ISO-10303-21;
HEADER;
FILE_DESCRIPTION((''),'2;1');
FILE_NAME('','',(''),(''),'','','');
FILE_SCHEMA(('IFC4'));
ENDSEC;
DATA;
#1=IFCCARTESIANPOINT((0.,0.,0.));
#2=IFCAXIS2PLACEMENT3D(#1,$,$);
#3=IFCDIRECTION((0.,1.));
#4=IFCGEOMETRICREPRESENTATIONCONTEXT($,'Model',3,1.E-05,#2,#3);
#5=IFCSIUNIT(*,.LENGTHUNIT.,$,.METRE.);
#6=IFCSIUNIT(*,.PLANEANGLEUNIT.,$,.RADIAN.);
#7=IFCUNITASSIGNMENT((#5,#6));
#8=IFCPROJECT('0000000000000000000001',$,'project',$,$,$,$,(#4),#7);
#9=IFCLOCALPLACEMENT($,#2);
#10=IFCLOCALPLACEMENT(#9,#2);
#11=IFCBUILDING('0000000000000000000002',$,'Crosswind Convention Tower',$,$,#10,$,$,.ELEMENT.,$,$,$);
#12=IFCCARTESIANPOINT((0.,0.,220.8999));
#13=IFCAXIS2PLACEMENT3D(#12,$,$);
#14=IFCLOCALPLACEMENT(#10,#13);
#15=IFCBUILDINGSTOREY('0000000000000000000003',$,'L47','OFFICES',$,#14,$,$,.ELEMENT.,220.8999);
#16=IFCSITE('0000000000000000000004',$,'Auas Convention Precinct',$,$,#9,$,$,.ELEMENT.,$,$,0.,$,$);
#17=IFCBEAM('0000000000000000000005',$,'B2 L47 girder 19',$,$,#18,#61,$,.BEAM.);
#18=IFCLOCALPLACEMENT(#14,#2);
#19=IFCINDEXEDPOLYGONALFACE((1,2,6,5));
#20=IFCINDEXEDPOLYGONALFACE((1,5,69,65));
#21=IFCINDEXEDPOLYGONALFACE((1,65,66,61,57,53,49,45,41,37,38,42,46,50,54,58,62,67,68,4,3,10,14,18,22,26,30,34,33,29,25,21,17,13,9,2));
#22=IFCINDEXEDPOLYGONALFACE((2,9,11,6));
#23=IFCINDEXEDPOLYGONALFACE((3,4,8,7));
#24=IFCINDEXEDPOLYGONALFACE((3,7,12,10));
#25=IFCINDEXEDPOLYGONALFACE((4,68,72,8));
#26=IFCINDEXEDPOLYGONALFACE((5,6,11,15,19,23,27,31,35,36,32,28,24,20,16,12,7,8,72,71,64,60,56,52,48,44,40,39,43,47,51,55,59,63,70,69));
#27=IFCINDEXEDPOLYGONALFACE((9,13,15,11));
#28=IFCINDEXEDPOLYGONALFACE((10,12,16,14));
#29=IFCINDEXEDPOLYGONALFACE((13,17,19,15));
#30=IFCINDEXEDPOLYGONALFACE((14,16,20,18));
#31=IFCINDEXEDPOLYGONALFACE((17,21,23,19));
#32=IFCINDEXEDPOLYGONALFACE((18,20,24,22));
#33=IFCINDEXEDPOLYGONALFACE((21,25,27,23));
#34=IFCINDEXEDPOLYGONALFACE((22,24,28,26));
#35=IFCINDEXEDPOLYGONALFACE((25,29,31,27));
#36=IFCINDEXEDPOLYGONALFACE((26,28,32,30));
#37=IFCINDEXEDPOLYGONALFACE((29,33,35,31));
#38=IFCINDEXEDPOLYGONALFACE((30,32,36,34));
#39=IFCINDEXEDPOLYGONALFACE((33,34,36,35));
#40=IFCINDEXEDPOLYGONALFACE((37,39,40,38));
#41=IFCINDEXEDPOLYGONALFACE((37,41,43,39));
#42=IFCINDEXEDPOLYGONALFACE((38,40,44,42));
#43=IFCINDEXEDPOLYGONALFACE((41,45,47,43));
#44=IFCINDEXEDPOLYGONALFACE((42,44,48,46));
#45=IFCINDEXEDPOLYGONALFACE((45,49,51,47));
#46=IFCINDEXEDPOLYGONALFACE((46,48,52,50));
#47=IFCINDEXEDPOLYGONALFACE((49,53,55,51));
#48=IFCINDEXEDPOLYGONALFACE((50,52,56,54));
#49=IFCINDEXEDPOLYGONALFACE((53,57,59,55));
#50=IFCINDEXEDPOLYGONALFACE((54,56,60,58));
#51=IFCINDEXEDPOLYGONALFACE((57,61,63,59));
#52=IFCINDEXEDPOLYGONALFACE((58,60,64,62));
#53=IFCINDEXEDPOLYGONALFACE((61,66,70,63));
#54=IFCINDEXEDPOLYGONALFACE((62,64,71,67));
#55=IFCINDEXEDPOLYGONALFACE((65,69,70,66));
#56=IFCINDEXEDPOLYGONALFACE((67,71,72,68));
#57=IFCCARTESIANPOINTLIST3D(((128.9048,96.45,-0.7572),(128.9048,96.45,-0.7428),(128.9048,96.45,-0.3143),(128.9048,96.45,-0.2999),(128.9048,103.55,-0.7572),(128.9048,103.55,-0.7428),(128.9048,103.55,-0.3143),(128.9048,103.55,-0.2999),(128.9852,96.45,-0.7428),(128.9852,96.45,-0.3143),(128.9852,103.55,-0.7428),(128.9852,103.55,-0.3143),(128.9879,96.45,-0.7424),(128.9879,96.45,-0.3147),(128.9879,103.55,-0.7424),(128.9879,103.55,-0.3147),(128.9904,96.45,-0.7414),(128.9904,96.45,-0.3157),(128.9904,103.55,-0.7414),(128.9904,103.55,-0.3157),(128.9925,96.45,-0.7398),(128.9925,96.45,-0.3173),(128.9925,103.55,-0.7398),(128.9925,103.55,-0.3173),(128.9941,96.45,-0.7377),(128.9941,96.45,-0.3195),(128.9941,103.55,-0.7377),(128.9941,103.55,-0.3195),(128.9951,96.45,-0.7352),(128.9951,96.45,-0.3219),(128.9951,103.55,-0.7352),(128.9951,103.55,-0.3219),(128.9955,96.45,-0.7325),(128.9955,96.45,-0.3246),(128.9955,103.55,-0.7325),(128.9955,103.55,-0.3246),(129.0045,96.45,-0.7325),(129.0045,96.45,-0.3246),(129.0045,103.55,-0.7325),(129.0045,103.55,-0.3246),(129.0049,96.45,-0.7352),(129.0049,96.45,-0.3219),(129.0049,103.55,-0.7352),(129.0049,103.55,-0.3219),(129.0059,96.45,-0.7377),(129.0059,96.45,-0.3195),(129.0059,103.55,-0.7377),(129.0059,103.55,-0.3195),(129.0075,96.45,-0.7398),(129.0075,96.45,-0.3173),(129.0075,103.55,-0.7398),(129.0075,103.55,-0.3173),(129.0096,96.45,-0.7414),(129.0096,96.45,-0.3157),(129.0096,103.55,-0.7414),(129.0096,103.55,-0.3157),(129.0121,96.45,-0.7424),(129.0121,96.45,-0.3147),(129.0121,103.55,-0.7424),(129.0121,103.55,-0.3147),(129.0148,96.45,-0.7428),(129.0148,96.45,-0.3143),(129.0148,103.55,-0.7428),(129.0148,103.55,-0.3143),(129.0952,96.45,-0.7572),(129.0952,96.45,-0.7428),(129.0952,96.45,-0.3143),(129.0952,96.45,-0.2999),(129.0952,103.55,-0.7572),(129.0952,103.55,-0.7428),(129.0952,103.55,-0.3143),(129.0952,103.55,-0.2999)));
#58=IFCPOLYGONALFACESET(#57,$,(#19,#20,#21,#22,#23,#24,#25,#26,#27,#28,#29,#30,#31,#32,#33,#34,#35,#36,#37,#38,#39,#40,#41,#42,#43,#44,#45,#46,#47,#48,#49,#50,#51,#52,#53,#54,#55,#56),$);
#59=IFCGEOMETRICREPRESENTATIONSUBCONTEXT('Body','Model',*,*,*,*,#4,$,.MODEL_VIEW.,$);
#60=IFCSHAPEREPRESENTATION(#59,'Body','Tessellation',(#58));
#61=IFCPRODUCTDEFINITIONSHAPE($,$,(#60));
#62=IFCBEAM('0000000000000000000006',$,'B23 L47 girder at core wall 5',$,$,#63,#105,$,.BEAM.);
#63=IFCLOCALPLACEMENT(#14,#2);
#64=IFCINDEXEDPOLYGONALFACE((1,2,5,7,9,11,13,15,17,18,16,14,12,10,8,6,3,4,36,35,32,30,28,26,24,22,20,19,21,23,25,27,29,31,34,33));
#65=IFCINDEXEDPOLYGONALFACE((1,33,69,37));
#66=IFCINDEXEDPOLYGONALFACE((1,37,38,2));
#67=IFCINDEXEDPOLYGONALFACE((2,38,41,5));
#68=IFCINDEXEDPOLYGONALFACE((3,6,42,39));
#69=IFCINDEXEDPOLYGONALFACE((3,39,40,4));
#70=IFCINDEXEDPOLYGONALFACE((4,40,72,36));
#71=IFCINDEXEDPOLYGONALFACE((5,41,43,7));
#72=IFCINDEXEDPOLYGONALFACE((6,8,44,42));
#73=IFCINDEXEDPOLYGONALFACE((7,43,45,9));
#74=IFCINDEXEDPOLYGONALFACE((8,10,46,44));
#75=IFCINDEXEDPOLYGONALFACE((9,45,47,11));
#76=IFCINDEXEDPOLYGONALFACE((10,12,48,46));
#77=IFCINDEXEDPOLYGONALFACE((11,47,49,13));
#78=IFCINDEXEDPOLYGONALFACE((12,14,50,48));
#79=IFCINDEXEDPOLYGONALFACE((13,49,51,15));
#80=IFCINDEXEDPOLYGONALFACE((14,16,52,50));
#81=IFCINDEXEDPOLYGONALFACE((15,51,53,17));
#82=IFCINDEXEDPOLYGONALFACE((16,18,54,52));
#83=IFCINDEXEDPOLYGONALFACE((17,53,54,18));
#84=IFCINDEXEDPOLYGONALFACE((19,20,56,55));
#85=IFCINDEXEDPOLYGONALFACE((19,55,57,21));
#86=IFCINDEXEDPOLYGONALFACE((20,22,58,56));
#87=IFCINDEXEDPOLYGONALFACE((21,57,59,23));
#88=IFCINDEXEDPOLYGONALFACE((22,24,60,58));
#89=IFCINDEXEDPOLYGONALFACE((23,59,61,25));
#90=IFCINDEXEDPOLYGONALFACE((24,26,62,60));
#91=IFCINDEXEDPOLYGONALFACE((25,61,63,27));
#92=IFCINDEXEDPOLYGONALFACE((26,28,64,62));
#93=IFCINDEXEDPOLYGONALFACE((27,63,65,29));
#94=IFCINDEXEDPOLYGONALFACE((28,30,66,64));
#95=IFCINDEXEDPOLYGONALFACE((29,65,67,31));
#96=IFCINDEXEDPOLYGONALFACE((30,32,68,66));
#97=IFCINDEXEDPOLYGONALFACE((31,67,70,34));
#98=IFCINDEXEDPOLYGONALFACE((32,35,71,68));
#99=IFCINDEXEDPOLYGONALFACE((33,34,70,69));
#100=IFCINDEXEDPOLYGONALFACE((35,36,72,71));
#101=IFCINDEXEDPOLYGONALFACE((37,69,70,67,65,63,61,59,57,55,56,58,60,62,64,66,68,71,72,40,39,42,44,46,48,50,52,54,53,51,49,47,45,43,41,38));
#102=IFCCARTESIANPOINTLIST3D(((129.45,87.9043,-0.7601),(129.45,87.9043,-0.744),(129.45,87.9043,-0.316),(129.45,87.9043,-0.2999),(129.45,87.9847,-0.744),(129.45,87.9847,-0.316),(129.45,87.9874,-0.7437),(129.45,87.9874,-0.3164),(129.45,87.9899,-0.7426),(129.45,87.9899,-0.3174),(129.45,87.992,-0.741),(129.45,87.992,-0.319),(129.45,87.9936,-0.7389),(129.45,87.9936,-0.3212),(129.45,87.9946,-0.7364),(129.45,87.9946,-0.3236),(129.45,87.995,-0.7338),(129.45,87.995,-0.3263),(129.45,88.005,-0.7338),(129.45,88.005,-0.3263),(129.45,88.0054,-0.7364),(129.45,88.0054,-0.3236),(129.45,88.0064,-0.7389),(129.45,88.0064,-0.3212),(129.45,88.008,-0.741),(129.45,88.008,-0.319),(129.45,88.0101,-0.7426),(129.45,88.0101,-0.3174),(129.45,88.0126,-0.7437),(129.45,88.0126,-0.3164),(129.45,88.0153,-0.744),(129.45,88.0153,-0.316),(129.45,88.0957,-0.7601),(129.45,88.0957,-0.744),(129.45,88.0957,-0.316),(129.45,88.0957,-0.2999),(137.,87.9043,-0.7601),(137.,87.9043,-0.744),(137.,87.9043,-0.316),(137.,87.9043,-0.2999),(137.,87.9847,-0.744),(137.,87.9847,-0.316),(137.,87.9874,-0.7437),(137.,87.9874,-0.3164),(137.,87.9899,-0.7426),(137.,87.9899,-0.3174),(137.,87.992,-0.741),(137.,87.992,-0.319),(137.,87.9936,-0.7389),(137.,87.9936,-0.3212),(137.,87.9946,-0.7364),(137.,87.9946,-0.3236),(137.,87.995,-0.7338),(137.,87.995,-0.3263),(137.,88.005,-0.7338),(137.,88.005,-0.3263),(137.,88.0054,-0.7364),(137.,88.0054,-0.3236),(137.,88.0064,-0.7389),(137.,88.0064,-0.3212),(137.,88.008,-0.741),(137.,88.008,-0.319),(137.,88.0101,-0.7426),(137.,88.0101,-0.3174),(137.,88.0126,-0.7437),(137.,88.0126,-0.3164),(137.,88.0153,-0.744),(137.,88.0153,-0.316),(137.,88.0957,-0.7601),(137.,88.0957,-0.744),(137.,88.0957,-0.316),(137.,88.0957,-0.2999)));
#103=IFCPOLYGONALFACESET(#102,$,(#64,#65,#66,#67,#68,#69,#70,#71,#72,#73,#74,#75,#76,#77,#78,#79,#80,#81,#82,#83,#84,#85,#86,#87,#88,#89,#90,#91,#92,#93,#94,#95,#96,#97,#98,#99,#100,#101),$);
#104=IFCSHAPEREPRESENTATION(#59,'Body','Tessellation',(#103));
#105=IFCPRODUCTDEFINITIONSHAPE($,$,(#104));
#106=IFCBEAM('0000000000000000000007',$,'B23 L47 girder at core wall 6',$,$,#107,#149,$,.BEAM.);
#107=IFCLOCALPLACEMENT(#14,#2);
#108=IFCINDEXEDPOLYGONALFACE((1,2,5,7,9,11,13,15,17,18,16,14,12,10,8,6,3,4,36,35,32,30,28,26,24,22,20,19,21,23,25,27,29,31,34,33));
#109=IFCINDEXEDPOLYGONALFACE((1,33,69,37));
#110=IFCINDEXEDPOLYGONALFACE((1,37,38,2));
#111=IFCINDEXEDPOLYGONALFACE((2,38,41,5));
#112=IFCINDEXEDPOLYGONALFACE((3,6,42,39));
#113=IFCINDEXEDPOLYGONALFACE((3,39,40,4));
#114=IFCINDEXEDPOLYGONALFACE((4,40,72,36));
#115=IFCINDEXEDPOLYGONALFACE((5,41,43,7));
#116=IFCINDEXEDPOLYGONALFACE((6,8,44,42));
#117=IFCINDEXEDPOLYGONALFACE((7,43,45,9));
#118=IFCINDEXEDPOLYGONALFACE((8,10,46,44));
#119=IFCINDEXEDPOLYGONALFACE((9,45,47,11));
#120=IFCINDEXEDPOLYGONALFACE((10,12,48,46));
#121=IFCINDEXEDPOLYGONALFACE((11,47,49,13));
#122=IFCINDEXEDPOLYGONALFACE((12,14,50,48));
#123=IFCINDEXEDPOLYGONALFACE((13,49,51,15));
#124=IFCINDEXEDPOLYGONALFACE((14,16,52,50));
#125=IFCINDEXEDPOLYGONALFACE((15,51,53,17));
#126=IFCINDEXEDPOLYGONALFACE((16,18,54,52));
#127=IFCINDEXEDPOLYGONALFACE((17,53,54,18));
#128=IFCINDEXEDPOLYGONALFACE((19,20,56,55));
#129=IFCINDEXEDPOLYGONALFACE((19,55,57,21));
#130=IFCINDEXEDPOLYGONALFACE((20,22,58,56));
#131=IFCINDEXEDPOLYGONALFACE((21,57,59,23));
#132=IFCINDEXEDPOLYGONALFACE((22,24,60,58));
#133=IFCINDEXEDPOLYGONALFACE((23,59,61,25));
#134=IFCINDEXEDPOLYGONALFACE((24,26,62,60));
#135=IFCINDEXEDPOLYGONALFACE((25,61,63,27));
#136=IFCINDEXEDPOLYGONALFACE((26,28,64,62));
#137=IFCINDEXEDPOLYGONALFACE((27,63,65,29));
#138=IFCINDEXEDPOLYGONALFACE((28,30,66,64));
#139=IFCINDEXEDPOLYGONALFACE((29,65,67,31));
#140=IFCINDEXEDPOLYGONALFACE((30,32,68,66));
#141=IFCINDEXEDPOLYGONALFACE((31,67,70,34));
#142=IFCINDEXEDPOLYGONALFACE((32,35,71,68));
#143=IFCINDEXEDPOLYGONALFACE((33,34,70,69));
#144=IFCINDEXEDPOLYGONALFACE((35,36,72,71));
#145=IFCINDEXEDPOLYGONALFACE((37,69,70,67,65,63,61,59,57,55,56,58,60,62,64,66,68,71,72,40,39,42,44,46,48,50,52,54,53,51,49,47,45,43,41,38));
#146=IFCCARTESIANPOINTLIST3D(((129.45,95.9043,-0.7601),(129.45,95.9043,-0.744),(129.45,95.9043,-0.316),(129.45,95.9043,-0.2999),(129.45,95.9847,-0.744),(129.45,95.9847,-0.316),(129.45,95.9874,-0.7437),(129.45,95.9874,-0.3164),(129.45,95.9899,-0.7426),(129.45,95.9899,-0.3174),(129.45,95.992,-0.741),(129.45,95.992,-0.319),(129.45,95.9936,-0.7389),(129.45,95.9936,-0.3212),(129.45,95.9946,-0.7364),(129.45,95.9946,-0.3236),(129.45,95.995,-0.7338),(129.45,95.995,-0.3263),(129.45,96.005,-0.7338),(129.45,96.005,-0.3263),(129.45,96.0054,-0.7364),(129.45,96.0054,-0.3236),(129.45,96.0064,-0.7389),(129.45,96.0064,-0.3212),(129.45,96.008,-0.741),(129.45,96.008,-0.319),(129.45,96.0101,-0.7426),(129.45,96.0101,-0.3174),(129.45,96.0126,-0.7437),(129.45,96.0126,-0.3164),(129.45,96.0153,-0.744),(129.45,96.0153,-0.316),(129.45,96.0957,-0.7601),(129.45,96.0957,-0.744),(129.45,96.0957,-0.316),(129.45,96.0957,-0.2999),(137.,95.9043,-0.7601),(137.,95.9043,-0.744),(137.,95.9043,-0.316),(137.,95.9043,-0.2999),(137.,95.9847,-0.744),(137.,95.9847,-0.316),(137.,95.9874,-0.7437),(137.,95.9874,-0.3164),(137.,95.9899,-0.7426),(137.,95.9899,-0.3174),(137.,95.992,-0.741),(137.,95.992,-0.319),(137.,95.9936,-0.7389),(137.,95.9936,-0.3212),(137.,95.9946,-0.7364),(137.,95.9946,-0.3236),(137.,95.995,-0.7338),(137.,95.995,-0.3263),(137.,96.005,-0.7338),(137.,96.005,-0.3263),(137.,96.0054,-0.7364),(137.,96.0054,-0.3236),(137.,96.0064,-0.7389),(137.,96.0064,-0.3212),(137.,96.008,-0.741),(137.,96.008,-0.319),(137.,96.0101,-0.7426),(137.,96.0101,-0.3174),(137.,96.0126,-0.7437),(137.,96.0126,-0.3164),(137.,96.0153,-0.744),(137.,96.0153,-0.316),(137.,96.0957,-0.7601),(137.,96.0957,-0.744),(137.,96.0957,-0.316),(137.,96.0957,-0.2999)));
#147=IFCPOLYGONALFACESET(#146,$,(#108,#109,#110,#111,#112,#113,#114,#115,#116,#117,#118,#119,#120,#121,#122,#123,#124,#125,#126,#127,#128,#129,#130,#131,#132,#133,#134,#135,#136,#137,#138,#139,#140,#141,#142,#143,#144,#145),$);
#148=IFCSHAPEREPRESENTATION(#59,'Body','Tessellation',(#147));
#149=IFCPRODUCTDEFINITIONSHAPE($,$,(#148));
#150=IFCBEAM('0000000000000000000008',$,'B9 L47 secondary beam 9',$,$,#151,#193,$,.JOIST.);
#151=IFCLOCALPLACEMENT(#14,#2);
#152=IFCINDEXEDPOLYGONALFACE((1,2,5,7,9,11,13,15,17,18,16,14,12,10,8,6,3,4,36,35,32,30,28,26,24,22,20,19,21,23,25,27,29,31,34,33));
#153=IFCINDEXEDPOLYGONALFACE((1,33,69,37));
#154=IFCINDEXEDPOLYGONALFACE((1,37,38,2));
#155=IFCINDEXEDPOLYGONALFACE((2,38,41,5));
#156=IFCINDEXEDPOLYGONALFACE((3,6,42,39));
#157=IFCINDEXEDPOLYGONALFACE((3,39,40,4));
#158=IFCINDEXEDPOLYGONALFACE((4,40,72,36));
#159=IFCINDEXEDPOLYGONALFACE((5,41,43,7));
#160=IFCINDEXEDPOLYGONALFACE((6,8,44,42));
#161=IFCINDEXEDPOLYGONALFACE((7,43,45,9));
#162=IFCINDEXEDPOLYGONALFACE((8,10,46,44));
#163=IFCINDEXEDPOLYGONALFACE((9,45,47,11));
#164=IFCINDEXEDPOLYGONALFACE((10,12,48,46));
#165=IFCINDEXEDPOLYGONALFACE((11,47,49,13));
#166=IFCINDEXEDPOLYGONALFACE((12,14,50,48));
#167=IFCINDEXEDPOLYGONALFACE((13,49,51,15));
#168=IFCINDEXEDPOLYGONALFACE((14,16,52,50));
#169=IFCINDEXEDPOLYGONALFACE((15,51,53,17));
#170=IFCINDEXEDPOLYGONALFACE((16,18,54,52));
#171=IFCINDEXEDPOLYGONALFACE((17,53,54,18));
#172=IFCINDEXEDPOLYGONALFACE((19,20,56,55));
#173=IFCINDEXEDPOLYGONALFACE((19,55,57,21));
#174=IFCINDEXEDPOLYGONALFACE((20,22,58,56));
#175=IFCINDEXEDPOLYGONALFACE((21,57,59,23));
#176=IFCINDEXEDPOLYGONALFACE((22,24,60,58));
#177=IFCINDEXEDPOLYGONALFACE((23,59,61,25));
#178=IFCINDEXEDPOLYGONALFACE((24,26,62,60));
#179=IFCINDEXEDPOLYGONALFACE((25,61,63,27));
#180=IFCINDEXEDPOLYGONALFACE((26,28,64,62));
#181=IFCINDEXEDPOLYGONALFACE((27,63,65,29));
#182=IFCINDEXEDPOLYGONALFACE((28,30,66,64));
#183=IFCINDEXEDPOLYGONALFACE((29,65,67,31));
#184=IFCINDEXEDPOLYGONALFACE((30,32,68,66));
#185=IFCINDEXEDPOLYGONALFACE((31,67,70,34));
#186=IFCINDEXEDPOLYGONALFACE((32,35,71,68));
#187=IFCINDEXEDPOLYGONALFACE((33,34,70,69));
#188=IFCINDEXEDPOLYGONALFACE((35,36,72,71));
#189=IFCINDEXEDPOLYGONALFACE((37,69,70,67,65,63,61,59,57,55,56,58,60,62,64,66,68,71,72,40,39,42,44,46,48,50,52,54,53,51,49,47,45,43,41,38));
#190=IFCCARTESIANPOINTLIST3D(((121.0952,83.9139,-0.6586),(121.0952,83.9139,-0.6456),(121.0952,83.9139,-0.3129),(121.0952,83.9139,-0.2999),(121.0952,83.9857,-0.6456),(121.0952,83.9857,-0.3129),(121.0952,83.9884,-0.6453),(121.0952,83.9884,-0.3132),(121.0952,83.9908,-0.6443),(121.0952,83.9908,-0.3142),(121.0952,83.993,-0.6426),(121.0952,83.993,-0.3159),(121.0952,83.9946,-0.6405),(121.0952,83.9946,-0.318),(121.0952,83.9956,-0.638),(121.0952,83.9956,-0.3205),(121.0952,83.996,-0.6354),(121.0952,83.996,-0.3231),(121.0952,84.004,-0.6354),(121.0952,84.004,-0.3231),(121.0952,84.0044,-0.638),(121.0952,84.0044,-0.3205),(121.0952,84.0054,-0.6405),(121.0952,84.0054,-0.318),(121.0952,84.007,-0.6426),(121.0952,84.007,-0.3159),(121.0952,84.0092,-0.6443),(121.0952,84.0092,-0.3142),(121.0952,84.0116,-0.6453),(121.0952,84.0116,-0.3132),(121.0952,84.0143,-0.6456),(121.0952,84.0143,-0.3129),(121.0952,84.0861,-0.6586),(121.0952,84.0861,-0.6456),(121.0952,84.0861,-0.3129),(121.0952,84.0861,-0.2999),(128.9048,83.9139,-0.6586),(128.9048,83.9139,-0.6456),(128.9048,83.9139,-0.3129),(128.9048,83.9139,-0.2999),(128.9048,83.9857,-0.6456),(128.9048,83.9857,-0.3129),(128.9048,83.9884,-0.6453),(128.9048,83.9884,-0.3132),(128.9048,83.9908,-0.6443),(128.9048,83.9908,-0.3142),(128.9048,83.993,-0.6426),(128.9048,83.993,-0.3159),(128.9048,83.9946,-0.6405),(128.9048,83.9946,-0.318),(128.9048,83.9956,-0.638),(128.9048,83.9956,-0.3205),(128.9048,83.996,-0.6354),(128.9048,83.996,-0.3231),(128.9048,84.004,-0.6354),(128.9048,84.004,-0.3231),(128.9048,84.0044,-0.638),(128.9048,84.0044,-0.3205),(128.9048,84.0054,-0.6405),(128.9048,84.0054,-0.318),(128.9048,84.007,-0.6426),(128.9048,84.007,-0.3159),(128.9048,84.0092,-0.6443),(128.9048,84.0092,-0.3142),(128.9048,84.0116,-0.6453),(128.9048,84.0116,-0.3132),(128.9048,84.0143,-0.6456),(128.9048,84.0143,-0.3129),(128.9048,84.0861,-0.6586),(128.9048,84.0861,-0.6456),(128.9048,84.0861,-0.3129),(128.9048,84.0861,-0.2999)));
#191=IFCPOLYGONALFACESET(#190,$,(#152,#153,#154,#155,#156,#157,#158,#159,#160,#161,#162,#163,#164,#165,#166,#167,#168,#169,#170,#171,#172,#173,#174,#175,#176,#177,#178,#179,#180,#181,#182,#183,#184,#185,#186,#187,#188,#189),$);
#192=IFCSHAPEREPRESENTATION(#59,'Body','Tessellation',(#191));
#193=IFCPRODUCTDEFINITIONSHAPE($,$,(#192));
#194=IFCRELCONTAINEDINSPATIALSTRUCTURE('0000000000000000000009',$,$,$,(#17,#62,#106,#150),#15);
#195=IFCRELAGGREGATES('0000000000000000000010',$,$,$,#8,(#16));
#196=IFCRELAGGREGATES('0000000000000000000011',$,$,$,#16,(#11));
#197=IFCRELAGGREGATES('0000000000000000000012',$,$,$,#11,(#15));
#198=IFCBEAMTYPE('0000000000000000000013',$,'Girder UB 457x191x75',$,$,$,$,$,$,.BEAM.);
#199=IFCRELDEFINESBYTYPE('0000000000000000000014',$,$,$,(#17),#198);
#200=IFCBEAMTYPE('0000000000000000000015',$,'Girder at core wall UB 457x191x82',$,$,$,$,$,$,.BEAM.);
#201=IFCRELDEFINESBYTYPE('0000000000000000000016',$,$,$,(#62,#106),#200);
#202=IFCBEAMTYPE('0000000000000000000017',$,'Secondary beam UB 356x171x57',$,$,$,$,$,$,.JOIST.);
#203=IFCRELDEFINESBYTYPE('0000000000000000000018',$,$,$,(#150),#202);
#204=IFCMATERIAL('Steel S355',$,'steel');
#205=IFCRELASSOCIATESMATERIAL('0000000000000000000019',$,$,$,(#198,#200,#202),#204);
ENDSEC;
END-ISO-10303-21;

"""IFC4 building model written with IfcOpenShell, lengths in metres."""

from ifc_helpers import new_model, si_unit, direction, frame, origin, origin_2d, place, context, subcontext, project, spatial, i_section, extrude, material, material_profile, profile_set, type_object, element, save


model = new_model("IFC4")

# Units and contexts
model_context = context("Model", 3, precision=1e-05, world=origin(), true_north=direction((0.0, 1.0)))
body_context = subcontext(model_context, "Body", "Model", "MODEL_VIEW")
ifc_project = project(units=[si_unit("LENGTHUNIT", "METRE"), si_unit("PLANEANGLEUNIT", "RADIAN")], contexts=[model_context])

# Site, building, storey
site_placement = place(None, origin())
site = spatial("IfcSite", under=ifc_project, at=site_placement, Name="Auas Convention Precinct", CompositionType="ELEMENT", RefElevation=0.0)
building_placement = place(site_placement, origin())
building = spatial("IfcBuilding", under=site, at=building_placement, Name="Crosswind Convention Tower", CompositionType="ELEMENT")
storey_placement = place(building_placement, frame((0.0, 0.0, 220.8999)))
storey = spatial("IfcBuildingStorey", under=building, at=storey_placement, Name="L47", Description="OFFICES", CompositionType="ELEMENT", Elevation=220.8999)

# Beams
ifc_material_1 = material(Name="Steel S355", Category="steel")
ifc_material_profile_1 = material_profile(ifc_material_1, i_section(OverallWidth=0.1904, OverallDepth=0.4573, WebThickness=0.009, FlangeThickness=0.0144, FilletRadius=0.0103, at=origin_2d()), Name="UB 457x191x75")
ifc_profile_set_1 = profile_set([ifc_material_profile_1], Name="Steel S355")
beam_type_1 = type_object("IfcBeamType", Name="Girder UB 457x191x75", PredefinedType="BEAM", material=ifc_profile_set_1)
for number, where, z_axis, x_axis, name in (
    (1, (129.0, 96.45, -0.5286), (0.0, 1.0, 0.0), (-1.0, 0.0, 0.0), "B2 L47 girder 19"),
):
    element("IfcBeam", number, at=place(storey_placement, frame(where, z_axis=z_axis, x_axis=x_axis)), inside=storey, type_object=beam_type_1, Name=name, PredefinedType="BEAM", context=body_context, shape_type="SweptSolid", body=[
        extrude(i_section(OverallWidth=0.1904, OverallDepth=0.4573, WebThickness=0.009, FlangeThickness=0.0144, FilletRadius=0.0103, at=origin_2d()), origin(), (0.0, 0.0, 1.0), 7.1001),
    ])
ifc_material_profile_2 = material_profile(ifc_material_1, i_section(OverallWidth=0.1914, OverallDepth=0.4602, WebThickness=0.01, FlangeThickness=0.0161, FilletRadius=0.0103, at=origin_2d()), Name="UB 457x191x82")
ifc_profile_set_2 = profile_set([ifc_material_profile_2], Name="Steel S355")
beam_type_2 = type_object("IfcBeamType", Name="Girder at core wall UB 457x191x82", PredefinedType="BEAM", material=ifc_profile_set_2)
for number, where, z_axis, x_axis, name in (
    (2, (129.45, 88.0, -0.53), (1.0, 0.0, 0.0), (0.0, 1.0, 0.0), "B23 L47 girder at core wall 5"),
    (3, (129.45, 96.0, -0.53), (1.0, 0.0, 0.0), (0.0, 1.0, 0.0), "B23 L47 girder at core wall 6"),
):
    element("IfcBeam", number, at=place(storey_placement, frame(where, z_axis=z_axis, x_axis=x_axis)), inside=storey, type_object=beam_type_2, Name=name, PredefinedType="BEAM", context=body_context, shape_type="SweptSolid", body=[
        extrude(i_section(OverallWidth=0.1914, OverallDepth=0.4602, WebThickness=0.01, FlangeThickness=0.0161, FilletRadius=0.0103, at=origin_2d()), origin(), (0.0, 0.0, 1.0), 7.55),
    ])
ifc_material_profile_3 = material_profile(ifc_material_1, i_section(OverallWidth=0.1721, OverallDepth=0.3586, WebThickness=0.0081, FlangeThickness=0.0129, FilletRadius=0.0103, at=origin_2d()), Name="UB 356x171x57")
ifc_profile_set_3 = profile_set([ifc_material_profile_3], Name="Steel S355")
beam_type_3 = type_object("IfcBeamType", Name="Secondary beam UB 356x171x57", PredefinedType="JOIST", material=ifc_profile_set_3)
for number, where, z_axis, x_axis, name in (
    (4, (121.0952, 84.0, -0.4792), (1.0, 0.0, 0.0), (0.0, 1.0, 0.0), "B9 L47 secondary beam 9"),
):
    element("IfcBeam", number, at=place(storey_placement, frame(where, z_axis=z_axis, x_axis=x_axis)), inside=storey, type_object=beam_type_3, Name=name, PredefinedType="JOIST", context=body_context, shape_type="SweptSolid", body=[
        extrude(i_section(OverallWidth=0.1721, OverallDepth=0.3586, WebThickness=0.0081, FlangeThickness=0.0129, FilletRadius=0.0103, at=origin_2d()), origin(), (0.0, 0.0, 1.0), 7.8096),
    ])

save(model, "model.ifc")
